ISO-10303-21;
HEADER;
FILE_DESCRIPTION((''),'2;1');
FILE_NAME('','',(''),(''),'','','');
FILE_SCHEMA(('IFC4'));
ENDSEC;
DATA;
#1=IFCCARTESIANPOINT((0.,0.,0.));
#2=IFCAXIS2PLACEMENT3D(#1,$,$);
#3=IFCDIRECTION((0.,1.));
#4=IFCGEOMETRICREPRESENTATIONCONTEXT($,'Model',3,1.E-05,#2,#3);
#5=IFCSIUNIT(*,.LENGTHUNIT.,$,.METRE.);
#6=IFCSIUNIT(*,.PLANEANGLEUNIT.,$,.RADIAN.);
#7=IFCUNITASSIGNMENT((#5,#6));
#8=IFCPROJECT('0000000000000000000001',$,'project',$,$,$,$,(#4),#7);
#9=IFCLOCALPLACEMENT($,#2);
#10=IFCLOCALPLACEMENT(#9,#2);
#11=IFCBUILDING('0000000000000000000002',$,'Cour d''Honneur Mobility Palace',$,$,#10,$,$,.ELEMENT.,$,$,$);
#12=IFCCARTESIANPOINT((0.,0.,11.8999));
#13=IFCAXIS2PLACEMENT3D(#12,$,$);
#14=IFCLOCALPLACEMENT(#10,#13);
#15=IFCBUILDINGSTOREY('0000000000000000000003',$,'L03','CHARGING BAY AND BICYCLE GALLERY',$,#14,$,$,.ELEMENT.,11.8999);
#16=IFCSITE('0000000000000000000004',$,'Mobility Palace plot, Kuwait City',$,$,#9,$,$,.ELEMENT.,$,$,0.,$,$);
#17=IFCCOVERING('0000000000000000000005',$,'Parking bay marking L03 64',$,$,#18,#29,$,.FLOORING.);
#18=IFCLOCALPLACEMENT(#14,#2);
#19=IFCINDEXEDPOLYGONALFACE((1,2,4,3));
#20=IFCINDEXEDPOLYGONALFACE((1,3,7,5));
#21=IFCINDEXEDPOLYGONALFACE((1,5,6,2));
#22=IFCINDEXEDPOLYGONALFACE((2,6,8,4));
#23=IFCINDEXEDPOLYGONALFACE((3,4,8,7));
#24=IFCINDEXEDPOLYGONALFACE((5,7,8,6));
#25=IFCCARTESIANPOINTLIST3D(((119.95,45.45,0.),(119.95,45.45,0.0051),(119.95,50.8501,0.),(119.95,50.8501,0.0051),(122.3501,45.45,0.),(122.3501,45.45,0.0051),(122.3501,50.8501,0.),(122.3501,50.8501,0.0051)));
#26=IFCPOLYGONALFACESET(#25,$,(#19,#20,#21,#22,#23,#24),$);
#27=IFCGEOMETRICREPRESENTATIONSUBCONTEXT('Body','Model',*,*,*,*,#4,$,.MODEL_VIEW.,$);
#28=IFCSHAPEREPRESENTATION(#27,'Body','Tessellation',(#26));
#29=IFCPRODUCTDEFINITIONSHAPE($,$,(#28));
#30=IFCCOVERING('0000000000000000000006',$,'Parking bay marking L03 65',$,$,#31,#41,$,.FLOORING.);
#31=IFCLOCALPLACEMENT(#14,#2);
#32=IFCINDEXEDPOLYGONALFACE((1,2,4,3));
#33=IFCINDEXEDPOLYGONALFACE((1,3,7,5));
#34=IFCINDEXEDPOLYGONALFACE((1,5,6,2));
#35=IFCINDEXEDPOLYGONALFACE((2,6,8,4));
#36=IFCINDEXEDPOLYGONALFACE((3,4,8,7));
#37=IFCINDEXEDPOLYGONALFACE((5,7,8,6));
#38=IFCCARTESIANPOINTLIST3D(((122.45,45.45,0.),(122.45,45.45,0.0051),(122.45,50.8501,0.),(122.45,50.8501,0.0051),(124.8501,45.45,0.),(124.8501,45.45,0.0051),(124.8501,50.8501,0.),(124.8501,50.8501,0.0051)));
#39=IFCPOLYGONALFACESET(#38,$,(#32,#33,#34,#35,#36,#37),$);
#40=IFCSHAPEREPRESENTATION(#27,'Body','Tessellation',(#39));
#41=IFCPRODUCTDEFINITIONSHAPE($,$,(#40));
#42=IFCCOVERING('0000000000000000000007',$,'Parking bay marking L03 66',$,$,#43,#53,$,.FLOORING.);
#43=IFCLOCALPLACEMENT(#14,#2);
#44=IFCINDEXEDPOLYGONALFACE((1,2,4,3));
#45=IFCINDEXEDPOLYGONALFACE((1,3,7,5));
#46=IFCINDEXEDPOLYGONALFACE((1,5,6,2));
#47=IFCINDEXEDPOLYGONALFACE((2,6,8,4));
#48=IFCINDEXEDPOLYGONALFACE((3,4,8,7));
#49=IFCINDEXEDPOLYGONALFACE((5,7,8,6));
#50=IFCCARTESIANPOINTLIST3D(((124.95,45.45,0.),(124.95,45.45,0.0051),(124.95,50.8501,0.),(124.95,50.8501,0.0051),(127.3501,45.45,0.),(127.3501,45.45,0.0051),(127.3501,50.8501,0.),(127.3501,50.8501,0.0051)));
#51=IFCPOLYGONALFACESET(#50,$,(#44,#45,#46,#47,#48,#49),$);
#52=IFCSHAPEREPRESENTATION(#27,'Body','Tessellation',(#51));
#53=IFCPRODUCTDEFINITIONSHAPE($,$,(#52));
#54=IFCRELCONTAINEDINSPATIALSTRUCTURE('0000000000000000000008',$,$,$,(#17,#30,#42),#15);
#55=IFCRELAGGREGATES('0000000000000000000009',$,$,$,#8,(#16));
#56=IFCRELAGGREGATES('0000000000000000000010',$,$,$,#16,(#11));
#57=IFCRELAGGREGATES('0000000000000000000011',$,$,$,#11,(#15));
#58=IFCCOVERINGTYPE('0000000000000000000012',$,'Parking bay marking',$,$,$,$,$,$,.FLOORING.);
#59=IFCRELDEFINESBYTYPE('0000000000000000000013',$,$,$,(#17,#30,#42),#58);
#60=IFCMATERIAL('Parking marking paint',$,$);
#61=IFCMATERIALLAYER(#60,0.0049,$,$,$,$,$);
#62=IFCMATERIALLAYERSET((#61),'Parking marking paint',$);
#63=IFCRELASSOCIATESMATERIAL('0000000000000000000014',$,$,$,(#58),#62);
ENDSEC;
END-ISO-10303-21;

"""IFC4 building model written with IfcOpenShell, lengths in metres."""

from ifc_helpers import new_model, si_unit, direction, frame, origin, place, context, subcontext, project, spatial, polyline, outline, extrude, material, layer, layer_set, type_object, element, save


model = new_model("IFC4")

# Units and contexts
model_context = context("Model", 3, precision=1e-05, world=origin(), true_north=direction((0.0, 1.0)))
body_context = subcontext(model_context, "Body", "Model", "MODEL_VIEW")
ifc_project = project(units=[si_unit("LENGTHUNIT", "METRE"), si_unit("PLANEANGLEUNIT", "RADIAN")], contexts=[model_context])

# Site, building, storey
site_placement = place(None, origin())
site = spatial("IfcSite", under=ifc_project, at=site_placement, Name="Mobility Palace plot, Kuwait City", CompositionType="ELEMENT", RefElevation=0.0)
building_placement = place(site_placement, origin())
building = spatial("IfcBuilding", under=site, at=building_placement, Name="Cour d'Honneur Mobility Palace", CompositionType="ELEMENT")
storey_placement = place(building_placement, frame((0.0, 0.0, 11.8999)))
storey = spatial("IfcBuildingStorey", under=building, at=storey_placement, Name="L03", Description="CHARGING BAY AND BICYCLE GALLERY", CompositionType="ELEMENT", Elevation=11.8999)

# Coverings
ifc_material = material(Name="Parking marking paint")
ifc_layer = layer(ifc_material, 0.0049)
ifc_layer_set = layer_set([ifc_layer], Name="Parking marking paint")
covering_type = type_object("IfcCoveringType", Name="Parking bay marking", PredefinedType="FLOORING", material=ifc_layer_set)
covering_1_placement = place(storey_placement, origin())
element("IfcCovering", 1, at=covering_1_placement, inside=storey, type_object=covering_type, Name="Parking bay marking L03 64", PredefinedType="FLOORING", context=body_context, shape_type="SweptSolid", body=[
    extrude(outline(polyline([(122.3501, 45.45), (119.95, 45.45), (119.95, 50.8501), (122.3501, 50.8501), (122.3501, 45.45)])), origin(), (0.0, 0.0, 1.0), 0.0051),
])
covering_2_placement = place(storey_placement, origin())
element("IfcCovering", 2, at=covering_2_placement, inside=storey, type_object=covering_type, Name="Parking bay marking L03 65", PredefinedType="FLOORING", context=body_context, shape_type="SweptSolid", body=[
    extrude(outline(polyline([(124.8501, 45.45), (122.45, 45.45), (122.45, 50.8501), (124.8501, 50.8501), (124.8501, 45.45)])), origin(), (0.0, 0.0, 1.0), 0.0051),
])
covering_3_placement = place(storey_placement, origin())
element("IfcCovering", 3, at=covering_3_placement, inside=storey, type_object=covering_type, Name="Parking bay marking L03 66", PredefinedType="FLOORING", context=body_context, shape_type="SweptSolid", body=[
    extrude(outline(polyline([(127.3501, 45.45), (124.95, 45.45), (124.95, 50.8501), (127.3501, 50.8501), (127.3501, 45.45)])), origin(), (0.0, 0.0, 1.0), 0.0051),
])

save(model, "model.ifc")
